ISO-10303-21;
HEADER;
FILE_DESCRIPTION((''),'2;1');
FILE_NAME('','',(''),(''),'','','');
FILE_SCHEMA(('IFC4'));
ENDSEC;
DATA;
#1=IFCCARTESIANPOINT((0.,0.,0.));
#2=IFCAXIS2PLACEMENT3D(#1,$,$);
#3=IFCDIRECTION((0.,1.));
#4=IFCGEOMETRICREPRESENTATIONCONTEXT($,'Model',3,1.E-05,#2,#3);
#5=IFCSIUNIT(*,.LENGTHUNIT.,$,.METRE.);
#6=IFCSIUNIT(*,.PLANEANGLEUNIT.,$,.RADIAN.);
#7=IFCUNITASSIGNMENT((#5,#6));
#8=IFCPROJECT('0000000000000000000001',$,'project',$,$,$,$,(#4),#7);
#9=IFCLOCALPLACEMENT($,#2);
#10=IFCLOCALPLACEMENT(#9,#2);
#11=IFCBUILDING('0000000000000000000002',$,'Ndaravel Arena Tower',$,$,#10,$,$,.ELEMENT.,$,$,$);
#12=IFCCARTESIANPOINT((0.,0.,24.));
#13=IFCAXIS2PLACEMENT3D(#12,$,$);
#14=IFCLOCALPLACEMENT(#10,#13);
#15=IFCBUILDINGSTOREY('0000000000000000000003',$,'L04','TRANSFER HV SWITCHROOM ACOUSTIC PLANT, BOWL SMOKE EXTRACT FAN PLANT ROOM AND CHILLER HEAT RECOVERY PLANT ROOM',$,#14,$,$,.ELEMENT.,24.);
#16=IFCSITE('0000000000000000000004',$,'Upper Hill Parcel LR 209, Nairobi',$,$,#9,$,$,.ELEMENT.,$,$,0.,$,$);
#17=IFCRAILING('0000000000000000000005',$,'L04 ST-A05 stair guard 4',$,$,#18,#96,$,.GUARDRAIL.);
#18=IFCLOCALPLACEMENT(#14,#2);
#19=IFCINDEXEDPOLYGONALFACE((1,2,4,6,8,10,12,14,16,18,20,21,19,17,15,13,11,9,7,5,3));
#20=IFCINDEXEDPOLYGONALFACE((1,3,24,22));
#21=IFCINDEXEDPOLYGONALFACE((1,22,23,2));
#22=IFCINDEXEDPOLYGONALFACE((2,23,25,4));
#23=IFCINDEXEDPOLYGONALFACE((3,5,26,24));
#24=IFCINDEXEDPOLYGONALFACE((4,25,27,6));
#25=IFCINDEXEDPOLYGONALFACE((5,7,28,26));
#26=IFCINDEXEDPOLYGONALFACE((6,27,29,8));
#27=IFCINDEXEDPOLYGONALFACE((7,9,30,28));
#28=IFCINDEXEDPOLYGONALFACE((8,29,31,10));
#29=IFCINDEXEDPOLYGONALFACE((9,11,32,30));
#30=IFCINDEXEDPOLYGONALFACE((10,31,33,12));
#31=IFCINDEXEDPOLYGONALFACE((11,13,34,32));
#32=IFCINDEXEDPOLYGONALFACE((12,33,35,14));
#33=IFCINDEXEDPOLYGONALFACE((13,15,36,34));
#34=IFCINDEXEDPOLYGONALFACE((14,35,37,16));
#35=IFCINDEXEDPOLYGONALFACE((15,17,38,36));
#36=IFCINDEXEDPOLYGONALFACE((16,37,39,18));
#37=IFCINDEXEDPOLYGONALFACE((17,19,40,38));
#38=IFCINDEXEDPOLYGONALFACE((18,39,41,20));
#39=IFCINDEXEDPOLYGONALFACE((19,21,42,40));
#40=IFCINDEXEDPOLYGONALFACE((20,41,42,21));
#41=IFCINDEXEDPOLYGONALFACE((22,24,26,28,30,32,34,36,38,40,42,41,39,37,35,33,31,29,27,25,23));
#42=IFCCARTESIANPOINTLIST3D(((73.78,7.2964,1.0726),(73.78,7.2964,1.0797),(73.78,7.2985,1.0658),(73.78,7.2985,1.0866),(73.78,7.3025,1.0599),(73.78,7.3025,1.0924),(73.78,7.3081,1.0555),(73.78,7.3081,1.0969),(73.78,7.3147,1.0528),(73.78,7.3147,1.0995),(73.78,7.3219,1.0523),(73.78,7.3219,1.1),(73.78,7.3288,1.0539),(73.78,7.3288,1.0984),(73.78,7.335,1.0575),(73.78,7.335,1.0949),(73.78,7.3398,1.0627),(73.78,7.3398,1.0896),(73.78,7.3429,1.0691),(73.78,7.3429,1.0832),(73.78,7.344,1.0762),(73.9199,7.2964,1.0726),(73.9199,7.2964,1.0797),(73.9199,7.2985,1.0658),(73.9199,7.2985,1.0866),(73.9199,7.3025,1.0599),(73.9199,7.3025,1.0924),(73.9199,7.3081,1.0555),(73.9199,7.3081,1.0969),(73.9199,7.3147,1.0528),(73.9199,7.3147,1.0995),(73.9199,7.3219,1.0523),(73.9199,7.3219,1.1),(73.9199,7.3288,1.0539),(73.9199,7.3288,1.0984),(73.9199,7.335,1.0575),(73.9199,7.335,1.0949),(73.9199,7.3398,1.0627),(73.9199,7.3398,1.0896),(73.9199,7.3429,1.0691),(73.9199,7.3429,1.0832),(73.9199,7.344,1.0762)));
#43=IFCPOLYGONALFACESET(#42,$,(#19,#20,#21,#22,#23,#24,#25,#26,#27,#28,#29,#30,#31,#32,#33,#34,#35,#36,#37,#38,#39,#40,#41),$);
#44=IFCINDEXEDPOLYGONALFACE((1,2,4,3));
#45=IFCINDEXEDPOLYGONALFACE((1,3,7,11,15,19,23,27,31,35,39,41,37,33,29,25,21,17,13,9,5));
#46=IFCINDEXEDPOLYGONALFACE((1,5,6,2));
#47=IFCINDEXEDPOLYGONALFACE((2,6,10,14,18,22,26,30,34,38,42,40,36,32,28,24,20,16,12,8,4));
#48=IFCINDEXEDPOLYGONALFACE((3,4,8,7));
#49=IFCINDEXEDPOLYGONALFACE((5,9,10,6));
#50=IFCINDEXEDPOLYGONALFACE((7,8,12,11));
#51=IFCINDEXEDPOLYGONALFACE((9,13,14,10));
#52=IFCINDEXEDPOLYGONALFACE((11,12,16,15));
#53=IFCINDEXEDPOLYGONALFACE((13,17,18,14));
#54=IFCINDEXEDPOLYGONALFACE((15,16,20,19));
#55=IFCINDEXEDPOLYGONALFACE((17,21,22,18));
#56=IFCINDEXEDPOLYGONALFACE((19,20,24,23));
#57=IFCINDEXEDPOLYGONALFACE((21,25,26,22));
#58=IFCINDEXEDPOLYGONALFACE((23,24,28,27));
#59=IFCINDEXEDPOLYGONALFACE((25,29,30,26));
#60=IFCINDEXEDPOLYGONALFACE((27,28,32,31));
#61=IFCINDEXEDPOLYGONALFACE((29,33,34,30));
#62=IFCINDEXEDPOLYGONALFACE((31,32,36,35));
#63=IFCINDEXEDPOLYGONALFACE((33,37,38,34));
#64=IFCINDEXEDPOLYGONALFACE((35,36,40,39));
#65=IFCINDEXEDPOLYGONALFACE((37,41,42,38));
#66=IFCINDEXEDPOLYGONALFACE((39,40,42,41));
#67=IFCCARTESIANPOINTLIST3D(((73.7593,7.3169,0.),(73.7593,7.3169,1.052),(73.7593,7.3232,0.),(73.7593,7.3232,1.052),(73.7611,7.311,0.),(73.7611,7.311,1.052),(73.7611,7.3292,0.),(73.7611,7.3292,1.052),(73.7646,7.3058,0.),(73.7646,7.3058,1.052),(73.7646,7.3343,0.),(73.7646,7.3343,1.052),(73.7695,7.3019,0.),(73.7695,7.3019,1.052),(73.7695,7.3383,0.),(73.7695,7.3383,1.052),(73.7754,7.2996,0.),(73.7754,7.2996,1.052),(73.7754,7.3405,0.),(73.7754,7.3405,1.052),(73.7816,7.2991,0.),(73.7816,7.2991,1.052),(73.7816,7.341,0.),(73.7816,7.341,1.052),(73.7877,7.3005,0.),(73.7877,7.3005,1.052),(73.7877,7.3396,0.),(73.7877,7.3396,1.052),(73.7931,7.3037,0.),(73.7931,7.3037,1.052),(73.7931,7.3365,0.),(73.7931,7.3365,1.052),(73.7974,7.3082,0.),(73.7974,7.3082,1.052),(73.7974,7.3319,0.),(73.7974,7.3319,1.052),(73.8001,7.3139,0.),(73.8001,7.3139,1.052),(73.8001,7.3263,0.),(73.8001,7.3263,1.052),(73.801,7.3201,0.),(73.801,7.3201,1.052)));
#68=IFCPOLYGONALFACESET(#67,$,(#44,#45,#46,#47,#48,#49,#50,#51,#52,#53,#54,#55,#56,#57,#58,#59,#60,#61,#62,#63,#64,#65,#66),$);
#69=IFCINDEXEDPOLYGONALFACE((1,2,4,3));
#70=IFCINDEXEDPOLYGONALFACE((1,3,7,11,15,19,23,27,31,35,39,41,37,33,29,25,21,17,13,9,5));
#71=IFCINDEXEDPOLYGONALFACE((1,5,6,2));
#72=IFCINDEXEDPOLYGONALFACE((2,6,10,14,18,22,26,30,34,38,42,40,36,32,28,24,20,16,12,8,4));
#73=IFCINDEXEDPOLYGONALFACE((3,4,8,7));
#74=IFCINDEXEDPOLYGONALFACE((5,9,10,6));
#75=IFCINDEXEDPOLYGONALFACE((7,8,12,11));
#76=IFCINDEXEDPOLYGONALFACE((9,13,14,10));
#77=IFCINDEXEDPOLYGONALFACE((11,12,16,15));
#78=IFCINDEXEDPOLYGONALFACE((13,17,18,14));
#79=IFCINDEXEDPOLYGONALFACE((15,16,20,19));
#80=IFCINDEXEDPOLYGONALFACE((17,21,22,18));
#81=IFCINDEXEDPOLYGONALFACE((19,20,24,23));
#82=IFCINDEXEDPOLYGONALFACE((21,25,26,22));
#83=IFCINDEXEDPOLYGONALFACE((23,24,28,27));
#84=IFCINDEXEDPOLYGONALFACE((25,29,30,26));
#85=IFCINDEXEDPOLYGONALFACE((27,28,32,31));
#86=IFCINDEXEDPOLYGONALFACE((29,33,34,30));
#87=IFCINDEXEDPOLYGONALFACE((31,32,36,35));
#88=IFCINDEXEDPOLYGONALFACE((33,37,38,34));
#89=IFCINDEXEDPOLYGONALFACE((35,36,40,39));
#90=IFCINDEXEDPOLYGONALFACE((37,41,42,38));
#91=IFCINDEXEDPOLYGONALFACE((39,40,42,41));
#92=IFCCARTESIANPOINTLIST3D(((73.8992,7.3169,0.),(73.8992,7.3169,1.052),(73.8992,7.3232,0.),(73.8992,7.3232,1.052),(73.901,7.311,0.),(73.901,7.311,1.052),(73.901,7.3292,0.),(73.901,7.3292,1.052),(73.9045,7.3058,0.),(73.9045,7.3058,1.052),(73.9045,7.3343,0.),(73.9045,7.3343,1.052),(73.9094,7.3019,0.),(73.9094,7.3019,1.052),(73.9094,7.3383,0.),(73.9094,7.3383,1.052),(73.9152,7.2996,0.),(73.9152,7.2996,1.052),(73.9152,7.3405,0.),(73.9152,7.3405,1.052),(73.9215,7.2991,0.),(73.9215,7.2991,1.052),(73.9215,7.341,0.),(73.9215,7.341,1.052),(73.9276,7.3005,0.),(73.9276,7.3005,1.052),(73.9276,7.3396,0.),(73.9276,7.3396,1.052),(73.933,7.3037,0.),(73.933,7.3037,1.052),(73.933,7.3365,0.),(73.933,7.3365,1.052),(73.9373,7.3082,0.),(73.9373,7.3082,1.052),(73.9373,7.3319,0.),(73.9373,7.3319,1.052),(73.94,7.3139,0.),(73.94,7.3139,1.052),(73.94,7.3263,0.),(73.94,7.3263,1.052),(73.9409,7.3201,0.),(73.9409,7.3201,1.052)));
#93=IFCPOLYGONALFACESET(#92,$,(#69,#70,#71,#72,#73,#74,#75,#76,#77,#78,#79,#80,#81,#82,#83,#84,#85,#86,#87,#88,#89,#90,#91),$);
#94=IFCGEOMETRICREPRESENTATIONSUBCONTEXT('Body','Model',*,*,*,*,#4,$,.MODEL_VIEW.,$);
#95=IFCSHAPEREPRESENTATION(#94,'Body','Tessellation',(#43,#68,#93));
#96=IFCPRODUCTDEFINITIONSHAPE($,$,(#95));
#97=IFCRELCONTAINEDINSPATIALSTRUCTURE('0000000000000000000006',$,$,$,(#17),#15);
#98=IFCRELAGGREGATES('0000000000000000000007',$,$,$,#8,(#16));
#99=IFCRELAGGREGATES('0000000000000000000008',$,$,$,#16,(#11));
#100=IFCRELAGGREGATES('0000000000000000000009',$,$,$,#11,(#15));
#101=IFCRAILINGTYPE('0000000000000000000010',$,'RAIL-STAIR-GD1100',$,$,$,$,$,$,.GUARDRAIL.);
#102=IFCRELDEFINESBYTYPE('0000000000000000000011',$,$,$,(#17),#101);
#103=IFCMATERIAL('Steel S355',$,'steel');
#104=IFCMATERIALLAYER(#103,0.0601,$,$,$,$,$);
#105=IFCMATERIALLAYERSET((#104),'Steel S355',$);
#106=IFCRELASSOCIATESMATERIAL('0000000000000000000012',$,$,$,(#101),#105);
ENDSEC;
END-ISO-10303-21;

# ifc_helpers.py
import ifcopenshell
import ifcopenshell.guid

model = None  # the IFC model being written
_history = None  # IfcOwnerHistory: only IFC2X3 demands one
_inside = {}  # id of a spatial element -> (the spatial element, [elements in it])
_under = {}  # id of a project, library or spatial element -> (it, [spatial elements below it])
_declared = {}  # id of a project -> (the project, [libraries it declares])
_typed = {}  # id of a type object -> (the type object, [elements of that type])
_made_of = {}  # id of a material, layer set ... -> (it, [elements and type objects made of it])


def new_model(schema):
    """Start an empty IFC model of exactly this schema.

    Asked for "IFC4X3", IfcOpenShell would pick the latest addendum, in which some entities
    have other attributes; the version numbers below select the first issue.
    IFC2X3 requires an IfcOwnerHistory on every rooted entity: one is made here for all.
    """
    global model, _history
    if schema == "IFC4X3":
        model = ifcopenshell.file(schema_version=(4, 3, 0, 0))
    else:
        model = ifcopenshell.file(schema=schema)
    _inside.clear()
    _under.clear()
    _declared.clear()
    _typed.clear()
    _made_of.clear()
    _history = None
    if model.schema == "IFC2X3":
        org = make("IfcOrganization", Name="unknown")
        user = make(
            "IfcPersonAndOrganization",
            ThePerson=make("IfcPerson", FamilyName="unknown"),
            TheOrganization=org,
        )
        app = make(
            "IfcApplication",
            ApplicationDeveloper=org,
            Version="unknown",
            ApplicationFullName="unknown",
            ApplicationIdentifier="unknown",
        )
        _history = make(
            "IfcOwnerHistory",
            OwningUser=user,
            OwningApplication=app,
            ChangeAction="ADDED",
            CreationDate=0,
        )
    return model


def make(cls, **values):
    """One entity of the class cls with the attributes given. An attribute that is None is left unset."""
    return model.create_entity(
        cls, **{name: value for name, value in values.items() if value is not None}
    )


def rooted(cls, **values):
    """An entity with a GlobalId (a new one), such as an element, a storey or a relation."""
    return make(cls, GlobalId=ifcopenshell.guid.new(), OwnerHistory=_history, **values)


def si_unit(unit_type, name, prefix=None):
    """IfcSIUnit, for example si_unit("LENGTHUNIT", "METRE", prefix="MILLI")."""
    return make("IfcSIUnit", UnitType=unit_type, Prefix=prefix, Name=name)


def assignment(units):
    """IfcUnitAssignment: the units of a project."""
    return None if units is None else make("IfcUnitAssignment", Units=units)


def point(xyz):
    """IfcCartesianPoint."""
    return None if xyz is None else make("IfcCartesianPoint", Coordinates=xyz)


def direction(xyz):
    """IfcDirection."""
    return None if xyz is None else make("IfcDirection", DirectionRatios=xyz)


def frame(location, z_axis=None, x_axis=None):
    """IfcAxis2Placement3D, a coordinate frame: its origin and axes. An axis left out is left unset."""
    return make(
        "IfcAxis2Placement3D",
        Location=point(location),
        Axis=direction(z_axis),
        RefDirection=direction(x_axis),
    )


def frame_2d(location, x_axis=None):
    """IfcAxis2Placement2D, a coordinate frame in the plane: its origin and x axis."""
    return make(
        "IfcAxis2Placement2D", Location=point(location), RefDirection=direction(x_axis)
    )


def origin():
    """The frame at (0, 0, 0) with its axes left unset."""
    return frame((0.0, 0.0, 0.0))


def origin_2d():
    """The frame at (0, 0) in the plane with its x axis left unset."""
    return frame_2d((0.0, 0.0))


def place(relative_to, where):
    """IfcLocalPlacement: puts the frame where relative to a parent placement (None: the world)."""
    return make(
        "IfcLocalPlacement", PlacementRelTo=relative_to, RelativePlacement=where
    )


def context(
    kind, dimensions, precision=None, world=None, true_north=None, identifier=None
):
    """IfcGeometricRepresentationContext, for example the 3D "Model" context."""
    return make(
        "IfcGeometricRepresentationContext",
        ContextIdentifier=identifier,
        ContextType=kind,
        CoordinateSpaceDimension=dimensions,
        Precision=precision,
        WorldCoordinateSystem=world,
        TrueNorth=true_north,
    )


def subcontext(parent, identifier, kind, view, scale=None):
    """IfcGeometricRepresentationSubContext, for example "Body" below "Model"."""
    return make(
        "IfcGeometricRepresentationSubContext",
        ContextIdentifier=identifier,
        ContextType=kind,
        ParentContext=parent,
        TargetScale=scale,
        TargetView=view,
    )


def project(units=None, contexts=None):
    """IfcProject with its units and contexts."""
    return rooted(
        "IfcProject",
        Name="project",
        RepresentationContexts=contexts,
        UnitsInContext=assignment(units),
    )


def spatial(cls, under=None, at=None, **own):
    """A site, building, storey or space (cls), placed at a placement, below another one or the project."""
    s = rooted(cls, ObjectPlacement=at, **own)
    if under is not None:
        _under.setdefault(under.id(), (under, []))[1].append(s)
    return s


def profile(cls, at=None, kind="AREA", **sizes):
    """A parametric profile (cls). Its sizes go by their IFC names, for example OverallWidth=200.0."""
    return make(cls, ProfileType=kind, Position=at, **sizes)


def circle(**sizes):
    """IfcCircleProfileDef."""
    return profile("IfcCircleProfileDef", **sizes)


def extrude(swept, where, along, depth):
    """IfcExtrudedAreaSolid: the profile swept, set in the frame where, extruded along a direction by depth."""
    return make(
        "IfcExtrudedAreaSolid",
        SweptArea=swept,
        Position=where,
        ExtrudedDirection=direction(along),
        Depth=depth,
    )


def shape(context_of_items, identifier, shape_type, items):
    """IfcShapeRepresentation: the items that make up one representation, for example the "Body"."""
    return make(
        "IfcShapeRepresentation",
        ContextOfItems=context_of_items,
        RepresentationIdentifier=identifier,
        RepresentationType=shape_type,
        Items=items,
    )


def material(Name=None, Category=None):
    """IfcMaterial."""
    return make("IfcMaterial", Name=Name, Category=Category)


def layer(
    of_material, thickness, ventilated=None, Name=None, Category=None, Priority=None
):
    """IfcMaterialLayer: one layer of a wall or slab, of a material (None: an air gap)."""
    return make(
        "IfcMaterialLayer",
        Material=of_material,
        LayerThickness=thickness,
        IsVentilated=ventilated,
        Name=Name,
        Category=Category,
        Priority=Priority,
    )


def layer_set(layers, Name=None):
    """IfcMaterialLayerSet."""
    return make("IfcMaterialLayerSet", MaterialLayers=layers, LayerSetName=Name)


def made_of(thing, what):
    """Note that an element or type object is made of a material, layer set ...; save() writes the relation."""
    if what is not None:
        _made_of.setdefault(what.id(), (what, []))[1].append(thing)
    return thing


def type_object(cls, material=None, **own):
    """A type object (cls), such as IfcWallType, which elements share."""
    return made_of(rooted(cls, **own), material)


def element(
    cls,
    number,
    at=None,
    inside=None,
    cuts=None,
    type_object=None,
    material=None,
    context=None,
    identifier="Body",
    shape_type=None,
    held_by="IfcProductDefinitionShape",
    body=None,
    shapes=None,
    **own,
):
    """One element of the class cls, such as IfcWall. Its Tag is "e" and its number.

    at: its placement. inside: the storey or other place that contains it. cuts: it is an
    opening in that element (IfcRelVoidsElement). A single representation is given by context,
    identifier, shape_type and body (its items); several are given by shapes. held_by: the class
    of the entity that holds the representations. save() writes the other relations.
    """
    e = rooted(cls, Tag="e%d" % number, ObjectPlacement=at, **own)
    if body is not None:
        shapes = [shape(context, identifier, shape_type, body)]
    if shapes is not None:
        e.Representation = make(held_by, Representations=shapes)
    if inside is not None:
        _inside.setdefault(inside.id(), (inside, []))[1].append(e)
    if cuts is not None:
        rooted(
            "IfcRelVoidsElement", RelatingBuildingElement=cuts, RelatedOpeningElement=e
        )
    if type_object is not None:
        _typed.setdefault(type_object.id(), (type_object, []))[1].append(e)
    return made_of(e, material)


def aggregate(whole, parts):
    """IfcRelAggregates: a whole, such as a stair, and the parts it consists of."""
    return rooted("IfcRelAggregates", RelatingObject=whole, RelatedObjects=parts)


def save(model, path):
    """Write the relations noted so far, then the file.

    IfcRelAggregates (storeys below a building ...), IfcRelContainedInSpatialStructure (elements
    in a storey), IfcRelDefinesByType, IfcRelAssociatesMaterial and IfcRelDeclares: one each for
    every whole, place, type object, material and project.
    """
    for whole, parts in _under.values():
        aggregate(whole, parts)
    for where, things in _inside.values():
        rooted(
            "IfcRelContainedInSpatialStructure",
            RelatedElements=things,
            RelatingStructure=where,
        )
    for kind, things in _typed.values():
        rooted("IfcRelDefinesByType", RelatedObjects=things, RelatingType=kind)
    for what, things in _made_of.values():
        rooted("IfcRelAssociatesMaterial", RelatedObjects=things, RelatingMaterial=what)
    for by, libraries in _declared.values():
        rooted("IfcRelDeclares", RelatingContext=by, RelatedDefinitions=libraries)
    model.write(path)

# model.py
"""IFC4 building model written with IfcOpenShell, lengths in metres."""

from ifc_helpers import new_model, si_unit, direction, frame, origin, origin_2d, place, context, subcontext, project, spatial, circle, extrude, material, layer, layer_set, type_object, element, save


model = new_model("IFC4")

# Units and contexts
model_context = context("Model", 3, precision=1e-05, world=origin(), true_north=direction((0.0, 1.0)))
body_context = subcontext(model_context, "Body", "Model", "MODEL_VIEW")
ifc_project = project(units=[si_unit("LENGTHUNIT", "METRE"), si_unit("PLANEANGLEUNIT", "RADIAN")], contexts=[model_context])

# Site, building, storey
site_placement = place(None, origin())
site = spatial("IfcSite", under=ifc_project, at=site_placement, Name="Upper Hill Parcel LR 209, Nairobi", CompositionType="ELEMENT", RefElevation=0.0)
building_placement = place(site_placement, origin())
building = spatial("IfcBuilding", under=site, at=building_placement, Name="Ndaravel Arena Tower", CompositionType="ELEMENT")
storey_placement = place(building_placement, frame((0.0, 0.0, 24.0)))
storey = spatial("IfcBuildingStorey", under=building, at=storey_placement, Name="L04", Description="TRANSFER HV SWITCHROOM ACOUSTIC PLANT, BOWL SMOKE EXTRACT FAN PLANT ROOM AND CHILLER HEAT RECOVERY PLANT ROOM", CompositionType="ELEMENT", Elevation=24.0)

# Railing
ifc_material_1 = material(Name="Steel S355", Category="steel")
ifc_layer_1 = layer(ifc_material_1, 0.0601)
ifc_layer_set_1 = layer_set([ifc_layer_1], Name="Steel S355")
railing_type_1 = type_object("IfcRailingType", Name="RAIL-STAIR-GD1100", PredefinedType="GUARDRAIL", material=ifc_layer_set_1)
railing_1_placement = place(storey_placement, frame((73.78, 7.3201, 0.0)))
element("IfcRailing", 1, at=railing_1_placement, inside=storey, type_object=railing_type_1, Name="L04 ST-A05 stair guard 4", PredefinedType="GUARDRAIL", context=body_context, shape_type="SweptSolid", body=[
    extrude(circle(Radius=0.0239, at=origin_2d()), frame((0.0, 0.0, 1.0762), z_axis=(1.0, 0.0, 0.0), x_axis=(0.0, 1.0, 0.0)), (0.0, 0.0, 1.0), 0.1399),
    extrude(circle(Radius=0.021, at=origin_2d()), origin(), (0.0, 0.0, 1.0), 1.052),
    extrude(circle(Radius=0.021, at=origin_2d()), frame((0.1399, 0.0, 0.0)), (0.0, 0.0, 1.0), 1.052),
])

save(model, "model.ifc")
